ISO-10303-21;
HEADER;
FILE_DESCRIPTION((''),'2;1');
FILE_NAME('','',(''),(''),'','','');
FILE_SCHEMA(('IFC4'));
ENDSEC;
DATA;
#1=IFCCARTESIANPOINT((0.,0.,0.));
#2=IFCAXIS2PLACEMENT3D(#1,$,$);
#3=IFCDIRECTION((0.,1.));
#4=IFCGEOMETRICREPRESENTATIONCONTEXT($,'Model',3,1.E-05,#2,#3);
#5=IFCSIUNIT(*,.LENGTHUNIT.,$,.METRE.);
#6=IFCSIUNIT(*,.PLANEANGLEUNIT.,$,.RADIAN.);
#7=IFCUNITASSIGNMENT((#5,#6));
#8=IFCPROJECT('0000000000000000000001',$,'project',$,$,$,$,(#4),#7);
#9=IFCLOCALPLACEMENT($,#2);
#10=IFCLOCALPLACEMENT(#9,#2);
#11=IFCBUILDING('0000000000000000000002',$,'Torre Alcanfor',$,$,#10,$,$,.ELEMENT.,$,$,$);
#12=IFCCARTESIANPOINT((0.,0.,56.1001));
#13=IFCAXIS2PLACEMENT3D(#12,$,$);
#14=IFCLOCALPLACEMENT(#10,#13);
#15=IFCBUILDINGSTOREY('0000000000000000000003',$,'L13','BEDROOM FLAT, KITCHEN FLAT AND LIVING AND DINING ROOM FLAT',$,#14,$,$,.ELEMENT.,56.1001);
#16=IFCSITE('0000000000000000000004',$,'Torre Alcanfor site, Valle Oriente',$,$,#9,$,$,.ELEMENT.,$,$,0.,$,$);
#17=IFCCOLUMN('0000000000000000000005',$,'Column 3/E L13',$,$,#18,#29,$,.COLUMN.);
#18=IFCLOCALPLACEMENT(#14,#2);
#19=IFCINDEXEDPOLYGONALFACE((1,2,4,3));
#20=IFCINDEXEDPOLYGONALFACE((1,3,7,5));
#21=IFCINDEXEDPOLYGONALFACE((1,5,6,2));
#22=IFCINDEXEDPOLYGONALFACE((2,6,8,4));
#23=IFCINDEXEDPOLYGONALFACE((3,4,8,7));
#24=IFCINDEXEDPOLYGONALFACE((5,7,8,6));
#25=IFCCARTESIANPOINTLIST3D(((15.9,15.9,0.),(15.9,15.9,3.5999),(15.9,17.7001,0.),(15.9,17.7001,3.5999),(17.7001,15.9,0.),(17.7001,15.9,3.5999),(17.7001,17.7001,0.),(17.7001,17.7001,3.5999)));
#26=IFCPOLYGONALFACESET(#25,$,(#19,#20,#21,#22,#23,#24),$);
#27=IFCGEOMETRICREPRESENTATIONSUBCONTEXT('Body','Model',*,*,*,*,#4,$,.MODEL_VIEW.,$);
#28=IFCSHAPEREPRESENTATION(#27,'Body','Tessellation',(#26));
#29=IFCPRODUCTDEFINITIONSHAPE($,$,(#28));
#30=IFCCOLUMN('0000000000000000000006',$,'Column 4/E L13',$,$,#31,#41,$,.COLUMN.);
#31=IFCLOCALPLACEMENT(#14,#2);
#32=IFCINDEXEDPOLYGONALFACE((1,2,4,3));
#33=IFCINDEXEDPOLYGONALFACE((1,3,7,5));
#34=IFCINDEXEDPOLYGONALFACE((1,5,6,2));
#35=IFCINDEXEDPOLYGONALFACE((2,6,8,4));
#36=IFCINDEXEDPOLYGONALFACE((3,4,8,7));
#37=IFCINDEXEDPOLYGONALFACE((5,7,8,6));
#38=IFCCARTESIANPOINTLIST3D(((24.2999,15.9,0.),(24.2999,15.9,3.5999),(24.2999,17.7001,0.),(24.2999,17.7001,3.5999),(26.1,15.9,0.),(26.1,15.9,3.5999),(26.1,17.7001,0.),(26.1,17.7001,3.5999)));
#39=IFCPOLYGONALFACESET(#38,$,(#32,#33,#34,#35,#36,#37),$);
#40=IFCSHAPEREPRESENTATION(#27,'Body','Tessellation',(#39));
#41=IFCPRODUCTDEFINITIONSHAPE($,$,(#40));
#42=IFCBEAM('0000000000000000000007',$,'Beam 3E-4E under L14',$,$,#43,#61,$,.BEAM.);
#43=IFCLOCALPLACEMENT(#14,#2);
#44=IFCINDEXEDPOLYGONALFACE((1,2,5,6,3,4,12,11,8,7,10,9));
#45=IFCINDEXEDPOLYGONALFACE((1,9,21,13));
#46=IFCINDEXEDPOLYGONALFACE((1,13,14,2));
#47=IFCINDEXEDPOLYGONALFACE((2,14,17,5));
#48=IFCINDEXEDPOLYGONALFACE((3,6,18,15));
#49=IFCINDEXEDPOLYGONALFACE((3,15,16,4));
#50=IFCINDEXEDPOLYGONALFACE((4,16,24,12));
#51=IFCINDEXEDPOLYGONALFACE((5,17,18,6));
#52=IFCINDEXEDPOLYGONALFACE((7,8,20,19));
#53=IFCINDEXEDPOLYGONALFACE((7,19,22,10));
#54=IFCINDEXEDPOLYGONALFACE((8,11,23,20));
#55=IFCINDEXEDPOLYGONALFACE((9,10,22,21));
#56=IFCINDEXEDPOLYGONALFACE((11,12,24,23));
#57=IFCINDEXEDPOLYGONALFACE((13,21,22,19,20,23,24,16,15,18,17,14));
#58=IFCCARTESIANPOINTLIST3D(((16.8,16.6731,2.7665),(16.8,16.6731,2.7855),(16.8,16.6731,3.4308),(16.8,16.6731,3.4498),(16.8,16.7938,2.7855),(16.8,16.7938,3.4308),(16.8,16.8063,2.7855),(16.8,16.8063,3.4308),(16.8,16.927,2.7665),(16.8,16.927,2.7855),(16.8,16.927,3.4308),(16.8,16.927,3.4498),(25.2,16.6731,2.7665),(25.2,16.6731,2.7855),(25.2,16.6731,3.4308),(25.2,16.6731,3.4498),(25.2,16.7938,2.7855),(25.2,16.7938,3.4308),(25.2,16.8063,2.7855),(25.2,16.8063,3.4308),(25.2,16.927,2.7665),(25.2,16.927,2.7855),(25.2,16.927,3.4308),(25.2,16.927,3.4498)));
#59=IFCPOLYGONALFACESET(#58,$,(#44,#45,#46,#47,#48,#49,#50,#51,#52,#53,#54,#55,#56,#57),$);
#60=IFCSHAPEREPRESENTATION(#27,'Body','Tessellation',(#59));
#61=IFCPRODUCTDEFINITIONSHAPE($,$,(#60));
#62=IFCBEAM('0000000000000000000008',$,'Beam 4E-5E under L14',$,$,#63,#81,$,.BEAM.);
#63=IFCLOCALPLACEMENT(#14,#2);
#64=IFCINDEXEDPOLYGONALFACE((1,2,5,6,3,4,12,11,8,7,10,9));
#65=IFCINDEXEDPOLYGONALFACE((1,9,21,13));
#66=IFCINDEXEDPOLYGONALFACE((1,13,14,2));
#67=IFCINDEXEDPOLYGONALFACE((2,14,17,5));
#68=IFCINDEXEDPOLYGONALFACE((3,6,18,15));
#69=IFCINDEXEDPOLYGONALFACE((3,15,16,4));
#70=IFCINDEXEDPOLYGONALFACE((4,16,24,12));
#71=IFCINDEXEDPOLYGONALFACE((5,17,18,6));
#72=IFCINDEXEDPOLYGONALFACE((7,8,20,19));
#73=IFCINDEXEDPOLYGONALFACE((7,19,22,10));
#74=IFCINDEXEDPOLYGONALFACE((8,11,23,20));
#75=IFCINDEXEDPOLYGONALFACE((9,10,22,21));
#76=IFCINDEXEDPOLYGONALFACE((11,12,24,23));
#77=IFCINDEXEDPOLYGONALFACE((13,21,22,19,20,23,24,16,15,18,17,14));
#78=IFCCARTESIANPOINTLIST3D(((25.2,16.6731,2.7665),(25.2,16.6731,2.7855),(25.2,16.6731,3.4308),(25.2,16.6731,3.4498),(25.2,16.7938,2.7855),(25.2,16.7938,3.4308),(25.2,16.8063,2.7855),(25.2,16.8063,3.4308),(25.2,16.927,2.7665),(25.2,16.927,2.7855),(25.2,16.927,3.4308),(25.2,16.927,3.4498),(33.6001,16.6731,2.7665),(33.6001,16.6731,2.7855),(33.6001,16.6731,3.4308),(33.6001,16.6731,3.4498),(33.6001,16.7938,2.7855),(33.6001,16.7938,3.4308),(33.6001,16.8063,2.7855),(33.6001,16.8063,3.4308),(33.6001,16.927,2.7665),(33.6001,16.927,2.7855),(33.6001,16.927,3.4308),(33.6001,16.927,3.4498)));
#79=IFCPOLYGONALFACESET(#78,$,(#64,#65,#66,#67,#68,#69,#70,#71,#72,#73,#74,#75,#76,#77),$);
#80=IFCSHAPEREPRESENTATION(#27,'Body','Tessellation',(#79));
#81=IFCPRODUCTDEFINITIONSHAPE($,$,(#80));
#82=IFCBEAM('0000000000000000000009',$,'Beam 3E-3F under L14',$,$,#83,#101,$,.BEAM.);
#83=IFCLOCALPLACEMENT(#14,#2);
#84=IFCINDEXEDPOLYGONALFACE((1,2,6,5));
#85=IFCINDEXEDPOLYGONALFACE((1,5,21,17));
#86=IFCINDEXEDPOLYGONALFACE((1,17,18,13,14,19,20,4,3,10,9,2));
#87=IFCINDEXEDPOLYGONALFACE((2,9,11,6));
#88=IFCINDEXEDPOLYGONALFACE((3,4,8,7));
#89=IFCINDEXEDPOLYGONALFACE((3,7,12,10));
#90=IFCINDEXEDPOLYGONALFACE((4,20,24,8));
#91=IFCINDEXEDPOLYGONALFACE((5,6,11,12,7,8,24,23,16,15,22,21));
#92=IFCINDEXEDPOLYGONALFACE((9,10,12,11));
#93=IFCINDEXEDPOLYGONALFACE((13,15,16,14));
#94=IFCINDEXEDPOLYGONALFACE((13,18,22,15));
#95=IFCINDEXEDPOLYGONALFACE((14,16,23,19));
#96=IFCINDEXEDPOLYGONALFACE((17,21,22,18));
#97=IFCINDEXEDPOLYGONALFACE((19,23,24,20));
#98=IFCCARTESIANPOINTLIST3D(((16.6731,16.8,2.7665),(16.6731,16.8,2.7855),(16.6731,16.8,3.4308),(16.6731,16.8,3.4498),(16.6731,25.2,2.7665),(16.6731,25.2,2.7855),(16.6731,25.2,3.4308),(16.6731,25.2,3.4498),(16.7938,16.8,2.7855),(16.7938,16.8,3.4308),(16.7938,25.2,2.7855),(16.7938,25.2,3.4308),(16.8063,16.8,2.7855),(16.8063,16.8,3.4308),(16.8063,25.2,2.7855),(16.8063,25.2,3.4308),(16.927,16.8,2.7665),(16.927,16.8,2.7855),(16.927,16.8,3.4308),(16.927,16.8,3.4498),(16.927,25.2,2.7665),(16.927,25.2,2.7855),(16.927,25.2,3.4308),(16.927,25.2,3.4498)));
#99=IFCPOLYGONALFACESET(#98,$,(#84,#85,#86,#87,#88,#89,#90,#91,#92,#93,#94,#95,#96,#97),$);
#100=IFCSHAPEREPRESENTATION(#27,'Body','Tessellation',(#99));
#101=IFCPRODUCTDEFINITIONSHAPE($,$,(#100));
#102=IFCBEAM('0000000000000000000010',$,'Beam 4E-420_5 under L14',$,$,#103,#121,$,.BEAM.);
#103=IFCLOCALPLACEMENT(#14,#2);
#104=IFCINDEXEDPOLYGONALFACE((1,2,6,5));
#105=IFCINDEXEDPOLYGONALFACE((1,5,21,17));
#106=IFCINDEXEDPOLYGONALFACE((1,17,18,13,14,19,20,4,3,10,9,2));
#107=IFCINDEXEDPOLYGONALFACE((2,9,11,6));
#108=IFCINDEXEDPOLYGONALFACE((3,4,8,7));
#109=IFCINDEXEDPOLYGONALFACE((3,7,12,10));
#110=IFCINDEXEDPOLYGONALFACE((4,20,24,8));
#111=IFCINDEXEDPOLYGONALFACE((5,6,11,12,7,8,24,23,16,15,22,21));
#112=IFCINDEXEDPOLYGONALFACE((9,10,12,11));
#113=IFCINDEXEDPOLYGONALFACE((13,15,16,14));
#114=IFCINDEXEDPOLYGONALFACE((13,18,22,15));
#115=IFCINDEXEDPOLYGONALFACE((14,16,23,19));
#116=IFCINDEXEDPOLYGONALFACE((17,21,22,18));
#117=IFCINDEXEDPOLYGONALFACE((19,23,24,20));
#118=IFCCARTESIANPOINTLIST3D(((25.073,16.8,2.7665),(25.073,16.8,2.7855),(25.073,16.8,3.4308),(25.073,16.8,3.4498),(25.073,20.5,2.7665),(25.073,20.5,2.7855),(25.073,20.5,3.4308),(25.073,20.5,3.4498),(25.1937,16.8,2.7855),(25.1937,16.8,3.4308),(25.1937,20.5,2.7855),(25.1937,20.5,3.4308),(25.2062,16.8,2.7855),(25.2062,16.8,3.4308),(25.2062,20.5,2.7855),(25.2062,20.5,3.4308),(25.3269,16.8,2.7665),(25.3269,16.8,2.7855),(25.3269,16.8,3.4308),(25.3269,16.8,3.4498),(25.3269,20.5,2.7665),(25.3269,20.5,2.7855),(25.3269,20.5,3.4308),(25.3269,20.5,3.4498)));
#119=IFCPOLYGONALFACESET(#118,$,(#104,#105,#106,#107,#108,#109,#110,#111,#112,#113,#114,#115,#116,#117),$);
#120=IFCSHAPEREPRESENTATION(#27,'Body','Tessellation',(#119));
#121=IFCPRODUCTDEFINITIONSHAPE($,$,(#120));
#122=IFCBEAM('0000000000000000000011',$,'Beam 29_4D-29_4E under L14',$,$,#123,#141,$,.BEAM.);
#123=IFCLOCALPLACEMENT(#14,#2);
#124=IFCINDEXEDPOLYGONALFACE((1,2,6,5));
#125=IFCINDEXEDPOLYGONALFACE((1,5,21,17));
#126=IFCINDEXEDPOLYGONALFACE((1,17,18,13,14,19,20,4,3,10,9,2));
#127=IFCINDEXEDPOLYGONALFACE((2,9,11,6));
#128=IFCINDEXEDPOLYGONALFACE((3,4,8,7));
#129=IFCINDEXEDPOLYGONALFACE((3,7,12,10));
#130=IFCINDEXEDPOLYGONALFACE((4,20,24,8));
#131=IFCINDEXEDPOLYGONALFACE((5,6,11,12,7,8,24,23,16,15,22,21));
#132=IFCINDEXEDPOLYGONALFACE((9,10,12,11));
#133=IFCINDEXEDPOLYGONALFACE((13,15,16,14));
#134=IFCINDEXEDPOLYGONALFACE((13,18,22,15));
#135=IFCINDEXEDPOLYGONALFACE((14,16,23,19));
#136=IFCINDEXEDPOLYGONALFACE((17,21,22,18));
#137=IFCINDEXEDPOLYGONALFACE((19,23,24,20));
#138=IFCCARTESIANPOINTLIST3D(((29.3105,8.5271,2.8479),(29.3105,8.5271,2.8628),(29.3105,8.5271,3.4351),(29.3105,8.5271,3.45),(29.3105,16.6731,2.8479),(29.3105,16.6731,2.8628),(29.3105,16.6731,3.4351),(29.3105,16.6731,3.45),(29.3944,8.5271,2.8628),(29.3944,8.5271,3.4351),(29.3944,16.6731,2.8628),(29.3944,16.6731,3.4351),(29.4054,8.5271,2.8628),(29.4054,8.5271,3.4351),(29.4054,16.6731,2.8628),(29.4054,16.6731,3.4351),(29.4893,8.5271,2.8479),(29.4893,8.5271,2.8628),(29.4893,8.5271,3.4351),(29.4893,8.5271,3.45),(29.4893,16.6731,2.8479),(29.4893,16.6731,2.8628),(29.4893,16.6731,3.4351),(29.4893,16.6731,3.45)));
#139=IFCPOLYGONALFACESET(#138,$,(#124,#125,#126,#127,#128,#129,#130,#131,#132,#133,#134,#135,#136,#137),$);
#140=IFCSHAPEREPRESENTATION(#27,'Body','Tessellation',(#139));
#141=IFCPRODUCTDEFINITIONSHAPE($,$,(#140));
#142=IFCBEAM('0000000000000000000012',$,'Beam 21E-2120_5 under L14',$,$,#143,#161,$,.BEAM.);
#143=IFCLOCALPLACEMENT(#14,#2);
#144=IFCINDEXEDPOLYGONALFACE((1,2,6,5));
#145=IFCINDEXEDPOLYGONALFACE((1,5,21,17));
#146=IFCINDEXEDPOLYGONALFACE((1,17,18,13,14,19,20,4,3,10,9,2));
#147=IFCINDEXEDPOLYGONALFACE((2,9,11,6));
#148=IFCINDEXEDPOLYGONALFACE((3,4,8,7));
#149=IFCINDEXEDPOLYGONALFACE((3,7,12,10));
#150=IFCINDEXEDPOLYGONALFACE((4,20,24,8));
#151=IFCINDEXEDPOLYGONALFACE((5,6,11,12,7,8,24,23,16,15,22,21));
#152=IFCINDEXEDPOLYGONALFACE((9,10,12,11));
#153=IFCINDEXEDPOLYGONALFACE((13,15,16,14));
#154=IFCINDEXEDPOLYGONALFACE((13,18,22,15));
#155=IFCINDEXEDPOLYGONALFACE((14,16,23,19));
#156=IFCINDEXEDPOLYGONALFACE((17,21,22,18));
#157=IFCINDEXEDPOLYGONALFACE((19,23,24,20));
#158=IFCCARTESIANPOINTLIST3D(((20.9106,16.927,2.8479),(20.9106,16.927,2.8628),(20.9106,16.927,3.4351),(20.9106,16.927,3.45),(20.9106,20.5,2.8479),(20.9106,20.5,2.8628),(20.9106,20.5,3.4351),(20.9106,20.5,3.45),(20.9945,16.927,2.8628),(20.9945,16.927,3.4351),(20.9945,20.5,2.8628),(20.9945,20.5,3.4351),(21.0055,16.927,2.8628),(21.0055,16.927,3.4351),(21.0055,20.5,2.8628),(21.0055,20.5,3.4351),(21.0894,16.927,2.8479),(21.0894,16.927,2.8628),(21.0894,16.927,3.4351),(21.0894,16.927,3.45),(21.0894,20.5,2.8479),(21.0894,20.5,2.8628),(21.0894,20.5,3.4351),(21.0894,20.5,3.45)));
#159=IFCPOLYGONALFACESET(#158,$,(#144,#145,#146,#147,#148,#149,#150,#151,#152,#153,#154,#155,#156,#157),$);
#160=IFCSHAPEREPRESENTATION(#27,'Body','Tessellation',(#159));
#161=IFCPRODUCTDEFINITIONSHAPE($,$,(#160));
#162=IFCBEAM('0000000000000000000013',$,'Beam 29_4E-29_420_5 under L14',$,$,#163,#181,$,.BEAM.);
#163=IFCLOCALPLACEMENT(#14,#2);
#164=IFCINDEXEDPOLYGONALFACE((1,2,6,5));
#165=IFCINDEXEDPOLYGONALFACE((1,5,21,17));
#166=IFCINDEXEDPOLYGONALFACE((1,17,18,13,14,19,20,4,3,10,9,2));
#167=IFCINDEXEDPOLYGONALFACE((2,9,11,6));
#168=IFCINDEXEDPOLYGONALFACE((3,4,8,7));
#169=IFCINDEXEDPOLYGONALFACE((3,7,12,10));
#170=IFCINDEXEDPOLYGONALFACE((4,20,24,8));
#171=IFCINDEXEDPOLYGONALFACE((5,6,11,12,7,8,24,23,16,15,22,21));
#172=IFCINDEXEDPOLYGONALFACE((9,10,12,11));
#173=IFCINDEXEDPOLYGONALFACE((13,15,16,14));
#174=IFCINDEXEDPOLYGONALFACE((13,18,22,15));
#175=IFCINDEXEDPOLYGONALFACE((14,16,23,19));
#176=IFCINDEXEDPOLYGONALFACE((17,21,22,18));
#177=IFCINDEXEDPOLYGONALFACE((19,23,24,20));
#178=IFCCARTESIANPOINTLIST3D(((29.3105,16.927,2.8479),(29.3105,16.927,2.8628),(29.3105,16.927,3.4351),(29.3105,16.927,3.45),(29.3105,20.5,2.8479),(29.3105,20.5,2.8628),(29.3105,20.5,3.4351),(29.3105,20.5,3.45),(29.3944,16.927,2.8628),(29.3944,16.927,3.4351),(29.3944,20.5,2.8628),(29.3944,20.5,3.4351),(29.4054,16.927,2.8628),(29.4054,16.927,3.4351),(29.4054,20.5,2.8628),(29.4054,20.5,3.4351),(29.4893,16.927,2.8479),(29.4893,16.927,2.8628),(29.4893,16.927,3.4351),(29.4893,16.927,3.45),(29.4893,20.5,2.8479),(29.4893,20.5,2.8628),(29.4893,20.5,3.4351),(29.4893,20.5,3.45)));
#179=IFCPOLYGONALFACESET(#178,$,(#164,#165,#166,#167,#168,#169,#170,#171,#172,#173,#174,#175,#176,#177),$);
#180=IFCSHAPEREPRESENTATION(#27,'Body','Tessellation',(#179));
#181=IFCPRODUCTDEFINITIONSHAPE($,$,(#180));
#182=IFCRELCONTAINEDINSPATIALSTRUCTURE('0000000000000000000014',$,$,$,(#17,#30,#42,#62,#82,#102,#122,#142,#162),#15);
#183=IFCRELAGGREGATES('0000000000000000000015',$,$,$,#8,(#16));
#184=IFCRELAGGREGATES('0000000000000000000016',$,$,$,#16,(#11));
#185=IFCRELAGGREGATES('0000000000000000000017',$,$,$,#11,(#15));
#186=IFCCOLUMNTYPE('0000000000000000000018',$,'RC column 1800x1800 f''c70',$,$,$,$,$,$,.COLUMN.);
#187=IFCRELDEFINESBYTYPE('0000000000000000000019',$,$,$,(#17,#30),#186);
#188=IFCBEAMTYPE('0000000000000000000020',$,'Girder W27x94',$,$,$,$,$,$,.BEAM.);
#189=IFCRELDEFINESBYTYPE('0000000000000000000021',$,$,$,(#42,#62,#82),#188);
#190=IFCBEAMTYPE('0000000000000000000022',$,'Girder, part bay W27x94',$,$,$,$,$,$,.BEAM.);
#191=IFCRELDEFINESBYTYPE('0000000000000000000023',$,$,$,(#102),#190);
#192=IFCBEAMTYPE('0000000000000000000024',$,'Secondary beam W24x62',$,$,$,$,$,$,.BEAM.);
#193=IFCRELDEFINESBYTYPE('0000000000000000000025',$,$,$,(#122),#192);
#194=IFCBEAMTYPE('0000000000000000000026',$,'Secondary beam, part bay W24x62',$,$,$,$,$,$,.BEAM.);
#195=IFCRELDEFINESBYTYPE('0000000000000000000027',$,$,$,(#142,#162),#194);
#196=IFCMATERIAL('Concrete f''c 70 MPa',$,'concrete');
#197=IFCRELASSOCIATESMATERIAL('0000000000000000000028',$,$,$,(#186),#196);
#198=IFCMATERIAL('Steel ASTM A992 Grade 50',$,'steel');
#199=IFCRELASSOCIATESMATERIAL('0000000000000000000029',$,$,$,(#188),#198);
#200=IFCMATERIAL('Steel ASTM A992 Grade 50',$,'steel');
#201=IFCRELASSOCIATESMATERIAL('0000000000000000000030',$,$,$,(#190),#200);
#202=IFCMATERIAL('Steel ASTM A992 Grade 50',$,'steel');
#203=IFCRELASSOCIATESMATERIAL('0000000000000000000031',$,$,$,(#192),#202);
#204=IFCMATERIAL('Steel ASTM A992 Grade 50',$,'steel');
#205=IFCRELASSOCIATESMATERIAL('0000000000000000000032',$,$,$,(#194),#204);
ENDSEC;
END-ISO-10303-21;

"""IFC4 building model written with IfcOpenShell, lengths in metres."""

from ifc_helpers import new_model, si_unit, direction, frame, origin, origin_2d, place, context, subcontext, project, spatial, rectangle, i_section, extrude, material, material_profile, profile_set, type_object, element, save


model = new_model("IFC4")

# Units and contexts
model_context = context("Model", 3, precision=1e-05, world=origin(), true_north=direction((0.0, 1.0)))
body_context = subcontext(model_context, "Body", "Model", "MODEL_VIEW")
ifc_project = project(units=[si_unit("LENGTHUNIT", "METRE"), si_unit("PLANEANGLEUNIT", "RADIAN")], contexts=[model_context])

# Site, building, storey
site_placement = place(None, origin())
site = spatial("IfcSite", under=ifc_project, at=site_placement, Name="Torre Alcanfor site, Valle Oriente", CompositionType="ELEMENT", RefElevation=0.0)
building_placement = place(site_placement, origin())
building = spatial("IfcBuilding", under=site, at=building_placement, Name="Torre Alcanfor", CompositionType="ELEMENT")
storey_placement = place(building_placement, frame((0.0, 0.0, 56.1001)))
storey = spatial("IfcBuildingStorey", under=building, at=storey_placement, Name="L13", Description="BEDROOM FLAT, KITCHEN FLAT AND LIVING AND DINING ROOM FLAT", CompositionType="ELEMENT", Elevation=56.1001)

# Columns
ifc_material_1 = material(Name="Concrete f'c 70 MPa", Category="concrete")
ifc_material_profile_1 = material_profile(ifc_material_1, rectangle(XDim=1.8, YDim=1.8, at=origin_2d()), Name="1800x1800")
ifc_profile_set_1 = profile_set([ifc_material_profile_1], Name="Concrete f'c 70 MPa")
column_type = type_object("IfcColumnType", Name="RC column 1800x1800 f'c70", PredefinedType="COLUMN", material=ifc_profile_set_1)
for number, where, z_axis, x_axis, name in (
    (1, (16.8, 16.8, 0.0), (0.0, 0.0, 1.0), (1.0, 0.0, 0.0), "Column 3/E L13"),
    (2, (25.2, 16.8, 0.0), (0.0, 0.0, 1.0), (1.0, 0.0, 0.0), "Column 4/E L13"),
):
    element("IfcColumn", number, at=place(storey_placement, frame(where, z_axis=z_axis, x_axis=x_axis)), inside=storey, type_object=column_type, Name=name, PredefinedType="COLUMN", context=body_context, shape_type="SweptSolid", body=[
        extrude(rectangle(XDim=1.8, YDim=1.8, at=origin_2d()), origin(), (0.0, 0.0, 1.0), 3.5999),
    ])

# Beams
ifc_material_2 = material(Name="Steel ASTM A992 Grade 50", Category="steel")
ifc_material_profile_2 = material_profile(ifc_material_2, i_section(OverallWidth=0.2539, OverallDepth=0.6833, WebThickness=0.0125, FlangeThickness=0.019, at=origin_2d()), Name="W27x94")
ifc_profile_set_2 = profile_set([ifc_material_profile_2], Name="Steel ASTM A992 Grade 50")
beam_type_1 = type_object("IfcBeamType", Name="Girder W27x94", PredefinedType="BEAM", material=ifc_profile_set_2)
beam_1_placement = place(storey_placement, frame((16.8, 16.8, 3.1082), z_axis=(1.0, 0.0, 0.0), x_axis=(0.0, 1.0, 0.0)))
element("IfcBeam", 3, at=beam_1_placement, inside=storey, type_object=beam_type_1, Name="Beam 3E-4E under L14", PredefinedType="BEAM", context=body_context, shape_type="SweptSolid", body=[
    extrude(i_section(OverallWidth=0.2539, OverallDepth=0.6833, WebThickness=0.0125, FlangeThickness=0.019, at=origin_2d()), origin(), (0.0, 0.0, 1.0), 8.3999),
])
beam_2_placement = place(storey_placement, frame((25.2, 16.8, 3.1082), z_axis=(1.0, 0.0, 0.0), x_axis=(0.0, 1.0, 0.0)))
element("IfcBeam", 4, at=beam_2_placement, inside=storey, type_object=beam_type_1, Name="Beam 4E-5E under L14", PredefinedType="BEAM", context=body_context, shape_type="SweptSolid", body=[
    extrude(i_section(OverallWidth=0.2539, OverallDepth=0.6833, WebThickness=0.0125, FlangeThickness=0.019, at=origin_2d()), origin(), (0.0, 0.0, 1.0), 8.4001),
])
beam_3_placement = place(storey_placement, frame((16.8, 16.8, 3.1082), z_axis=(0.0, 1.0, 0.0), x_axis=(-1.0, 0.0, 0.0)))
element("IfcBeam", 5, at=beam_3_placement, inside=storey, type_object=beam_type_1, Name="Beam 3E-3F under L14", PredefinedType="BEAM", context=body_context, shape_type="SweptSolid", body=[
    extrude(i_section(OverallWidth=0.2539, OverallDepth=0.6833, WebThickness=0.0125, FlangeThickness=0.019, at=origin_2d()), origin(), (0.0, 0.0, 1.0), 8.3999),
])
ifc_material_3 = material(Name="Steel ASTM A992 Grade 50", Category="steel")
ifc_material_profile_3 = material_profile(ifc_material_3, i_section(OverallWidth=0.2539, OverallDepth=0.6833, WebThickness=0.0125, FlangeThickness=0.019, at=origin_2d()), Name="W27x94")
ifc_profile_set_3 = profile_set([ifc_material_profile_3], Name="Steel ASTM A992 Grade 50")
beam_type_2 = type_object("IfcBeamType", Name="Girder, part bay W27x94", PredefinedType="BEAM", material=ifc_profile_set_3)
beam_4_placement = place(storey_placement, frame((25.2, 16.8, 3.1082), z_axis=(0.0, 1.0, 0.0), x_axis=(-1.0, 0.0, 0.0)))
element("IfcBeam", 6, at=beam_4_placement, inside=storey, type_object=beam_type_2, Name="Beam 4E-420_5 under L14", PredefinedType="BEAM", context=body_context, shape_type="SweptSolid", body=[
    extrude(i_section(OverallWidth=0.2539, OverallDepth=0.6833, WebThickness=0.0125, FlangeThickness=0.019, at=origin_2d()), origin(), (0.0, 0.0, 1.0), 3.7),
])
ifc_material_4 = material(Name="Steel ASTM A992 Grade 50", Category="steel")
ifc_material_profile_4 = material_profile(ifc_material_4, i_section(OverallWidth=0.1787, OverallDepth=0.6021, WebThickness=0.011, FlangeThickness=0.0149, at=origin_2d()), Name="W24x62")
ifc_profile_set_4 = profile_set([ifc_material_profile_4], Name="Steel ASTM A992 Grade 50")
beam_type_3 = type_object("IfcBeamType", Name="Secondary beam W24x62", PredefinedType="BEAM", material=ifc_profile_set_4)
beam_5_placement = place(storey_placement, frame((29.3999, 8.5271, 3.1489), z_axis=(0.0, 1.0, 0.0), x_axis=(-1.0, 0.0, 0.0)))
element("IfcBeam", 7, at=beam_5_placement, inside=storey, type_object=beam_type_3, Name="Beam 29_4D-29_4E under L14", PredefinedType="BEAM", context=body_context, shape_type="SweptSolid", body=[
    extrude(i_section(OverallWidth=0.1787, OverallDepth=0.6021, WebThickness=0.011, FlangeThickness=0.0149, at=origin_2d()), origin(), (0.0, 0.0, 1.0), 8.146),
])
ifc_material_5 = material(Name="Steel ASTM A992 Grade 50", Category="steel")
ifc_material_profile_5 = material_profile(ifc_material_5, i_section(OverallWidth=0.1787, OverallDepth=0.6021, WebThickness=0.011, FlangeThickness=0.0149, at=origin_2d()), Name="W24x62")
ifc_profile_set_5 = profile_set([ifc_material_profile_5], Name="Steel ASTM A992 Grade 50")
beam_type_4 = type_object("IfcBeamType", Name="Secondary beam, part bay W24x62", PredefinedType="BEAM", material=ifc_profile_set_5)
for number, where, z_axis, x_axis, name in (
    (8, (21.0, 16.927, 3.1489), (0.0, 1.0, 0.0), (-1.0, 0.0, 0.0), "Beam 21E-2120_5 under L14"),
    (9, (29.3999, 16.927, 3.1489), (0.0, 1.0, 0.0), (-1.0, 0.0, 0.0), "Beam 29_4E-29_420_5 under L14"),
):
    element("IfcBeam", number, at=place(storey_placement, frame(where, z_axis=z_axis, x_axis=x_axis)), inside=storey, type_object=beam_type_4, Name=name, PredefinedType="BEAM", context=body_context, shape_type="SweptSolid", body=[
        extrude(i_section(OverallWidth=0.1787, OverallDepth=0.6021, WebThickness=0.011, FlangeThickness=0.0149, at=origin_2d()), origin(), (0.0, 0.0, 1.0), 3.573),
    ])

save(model, "model.ifc")
